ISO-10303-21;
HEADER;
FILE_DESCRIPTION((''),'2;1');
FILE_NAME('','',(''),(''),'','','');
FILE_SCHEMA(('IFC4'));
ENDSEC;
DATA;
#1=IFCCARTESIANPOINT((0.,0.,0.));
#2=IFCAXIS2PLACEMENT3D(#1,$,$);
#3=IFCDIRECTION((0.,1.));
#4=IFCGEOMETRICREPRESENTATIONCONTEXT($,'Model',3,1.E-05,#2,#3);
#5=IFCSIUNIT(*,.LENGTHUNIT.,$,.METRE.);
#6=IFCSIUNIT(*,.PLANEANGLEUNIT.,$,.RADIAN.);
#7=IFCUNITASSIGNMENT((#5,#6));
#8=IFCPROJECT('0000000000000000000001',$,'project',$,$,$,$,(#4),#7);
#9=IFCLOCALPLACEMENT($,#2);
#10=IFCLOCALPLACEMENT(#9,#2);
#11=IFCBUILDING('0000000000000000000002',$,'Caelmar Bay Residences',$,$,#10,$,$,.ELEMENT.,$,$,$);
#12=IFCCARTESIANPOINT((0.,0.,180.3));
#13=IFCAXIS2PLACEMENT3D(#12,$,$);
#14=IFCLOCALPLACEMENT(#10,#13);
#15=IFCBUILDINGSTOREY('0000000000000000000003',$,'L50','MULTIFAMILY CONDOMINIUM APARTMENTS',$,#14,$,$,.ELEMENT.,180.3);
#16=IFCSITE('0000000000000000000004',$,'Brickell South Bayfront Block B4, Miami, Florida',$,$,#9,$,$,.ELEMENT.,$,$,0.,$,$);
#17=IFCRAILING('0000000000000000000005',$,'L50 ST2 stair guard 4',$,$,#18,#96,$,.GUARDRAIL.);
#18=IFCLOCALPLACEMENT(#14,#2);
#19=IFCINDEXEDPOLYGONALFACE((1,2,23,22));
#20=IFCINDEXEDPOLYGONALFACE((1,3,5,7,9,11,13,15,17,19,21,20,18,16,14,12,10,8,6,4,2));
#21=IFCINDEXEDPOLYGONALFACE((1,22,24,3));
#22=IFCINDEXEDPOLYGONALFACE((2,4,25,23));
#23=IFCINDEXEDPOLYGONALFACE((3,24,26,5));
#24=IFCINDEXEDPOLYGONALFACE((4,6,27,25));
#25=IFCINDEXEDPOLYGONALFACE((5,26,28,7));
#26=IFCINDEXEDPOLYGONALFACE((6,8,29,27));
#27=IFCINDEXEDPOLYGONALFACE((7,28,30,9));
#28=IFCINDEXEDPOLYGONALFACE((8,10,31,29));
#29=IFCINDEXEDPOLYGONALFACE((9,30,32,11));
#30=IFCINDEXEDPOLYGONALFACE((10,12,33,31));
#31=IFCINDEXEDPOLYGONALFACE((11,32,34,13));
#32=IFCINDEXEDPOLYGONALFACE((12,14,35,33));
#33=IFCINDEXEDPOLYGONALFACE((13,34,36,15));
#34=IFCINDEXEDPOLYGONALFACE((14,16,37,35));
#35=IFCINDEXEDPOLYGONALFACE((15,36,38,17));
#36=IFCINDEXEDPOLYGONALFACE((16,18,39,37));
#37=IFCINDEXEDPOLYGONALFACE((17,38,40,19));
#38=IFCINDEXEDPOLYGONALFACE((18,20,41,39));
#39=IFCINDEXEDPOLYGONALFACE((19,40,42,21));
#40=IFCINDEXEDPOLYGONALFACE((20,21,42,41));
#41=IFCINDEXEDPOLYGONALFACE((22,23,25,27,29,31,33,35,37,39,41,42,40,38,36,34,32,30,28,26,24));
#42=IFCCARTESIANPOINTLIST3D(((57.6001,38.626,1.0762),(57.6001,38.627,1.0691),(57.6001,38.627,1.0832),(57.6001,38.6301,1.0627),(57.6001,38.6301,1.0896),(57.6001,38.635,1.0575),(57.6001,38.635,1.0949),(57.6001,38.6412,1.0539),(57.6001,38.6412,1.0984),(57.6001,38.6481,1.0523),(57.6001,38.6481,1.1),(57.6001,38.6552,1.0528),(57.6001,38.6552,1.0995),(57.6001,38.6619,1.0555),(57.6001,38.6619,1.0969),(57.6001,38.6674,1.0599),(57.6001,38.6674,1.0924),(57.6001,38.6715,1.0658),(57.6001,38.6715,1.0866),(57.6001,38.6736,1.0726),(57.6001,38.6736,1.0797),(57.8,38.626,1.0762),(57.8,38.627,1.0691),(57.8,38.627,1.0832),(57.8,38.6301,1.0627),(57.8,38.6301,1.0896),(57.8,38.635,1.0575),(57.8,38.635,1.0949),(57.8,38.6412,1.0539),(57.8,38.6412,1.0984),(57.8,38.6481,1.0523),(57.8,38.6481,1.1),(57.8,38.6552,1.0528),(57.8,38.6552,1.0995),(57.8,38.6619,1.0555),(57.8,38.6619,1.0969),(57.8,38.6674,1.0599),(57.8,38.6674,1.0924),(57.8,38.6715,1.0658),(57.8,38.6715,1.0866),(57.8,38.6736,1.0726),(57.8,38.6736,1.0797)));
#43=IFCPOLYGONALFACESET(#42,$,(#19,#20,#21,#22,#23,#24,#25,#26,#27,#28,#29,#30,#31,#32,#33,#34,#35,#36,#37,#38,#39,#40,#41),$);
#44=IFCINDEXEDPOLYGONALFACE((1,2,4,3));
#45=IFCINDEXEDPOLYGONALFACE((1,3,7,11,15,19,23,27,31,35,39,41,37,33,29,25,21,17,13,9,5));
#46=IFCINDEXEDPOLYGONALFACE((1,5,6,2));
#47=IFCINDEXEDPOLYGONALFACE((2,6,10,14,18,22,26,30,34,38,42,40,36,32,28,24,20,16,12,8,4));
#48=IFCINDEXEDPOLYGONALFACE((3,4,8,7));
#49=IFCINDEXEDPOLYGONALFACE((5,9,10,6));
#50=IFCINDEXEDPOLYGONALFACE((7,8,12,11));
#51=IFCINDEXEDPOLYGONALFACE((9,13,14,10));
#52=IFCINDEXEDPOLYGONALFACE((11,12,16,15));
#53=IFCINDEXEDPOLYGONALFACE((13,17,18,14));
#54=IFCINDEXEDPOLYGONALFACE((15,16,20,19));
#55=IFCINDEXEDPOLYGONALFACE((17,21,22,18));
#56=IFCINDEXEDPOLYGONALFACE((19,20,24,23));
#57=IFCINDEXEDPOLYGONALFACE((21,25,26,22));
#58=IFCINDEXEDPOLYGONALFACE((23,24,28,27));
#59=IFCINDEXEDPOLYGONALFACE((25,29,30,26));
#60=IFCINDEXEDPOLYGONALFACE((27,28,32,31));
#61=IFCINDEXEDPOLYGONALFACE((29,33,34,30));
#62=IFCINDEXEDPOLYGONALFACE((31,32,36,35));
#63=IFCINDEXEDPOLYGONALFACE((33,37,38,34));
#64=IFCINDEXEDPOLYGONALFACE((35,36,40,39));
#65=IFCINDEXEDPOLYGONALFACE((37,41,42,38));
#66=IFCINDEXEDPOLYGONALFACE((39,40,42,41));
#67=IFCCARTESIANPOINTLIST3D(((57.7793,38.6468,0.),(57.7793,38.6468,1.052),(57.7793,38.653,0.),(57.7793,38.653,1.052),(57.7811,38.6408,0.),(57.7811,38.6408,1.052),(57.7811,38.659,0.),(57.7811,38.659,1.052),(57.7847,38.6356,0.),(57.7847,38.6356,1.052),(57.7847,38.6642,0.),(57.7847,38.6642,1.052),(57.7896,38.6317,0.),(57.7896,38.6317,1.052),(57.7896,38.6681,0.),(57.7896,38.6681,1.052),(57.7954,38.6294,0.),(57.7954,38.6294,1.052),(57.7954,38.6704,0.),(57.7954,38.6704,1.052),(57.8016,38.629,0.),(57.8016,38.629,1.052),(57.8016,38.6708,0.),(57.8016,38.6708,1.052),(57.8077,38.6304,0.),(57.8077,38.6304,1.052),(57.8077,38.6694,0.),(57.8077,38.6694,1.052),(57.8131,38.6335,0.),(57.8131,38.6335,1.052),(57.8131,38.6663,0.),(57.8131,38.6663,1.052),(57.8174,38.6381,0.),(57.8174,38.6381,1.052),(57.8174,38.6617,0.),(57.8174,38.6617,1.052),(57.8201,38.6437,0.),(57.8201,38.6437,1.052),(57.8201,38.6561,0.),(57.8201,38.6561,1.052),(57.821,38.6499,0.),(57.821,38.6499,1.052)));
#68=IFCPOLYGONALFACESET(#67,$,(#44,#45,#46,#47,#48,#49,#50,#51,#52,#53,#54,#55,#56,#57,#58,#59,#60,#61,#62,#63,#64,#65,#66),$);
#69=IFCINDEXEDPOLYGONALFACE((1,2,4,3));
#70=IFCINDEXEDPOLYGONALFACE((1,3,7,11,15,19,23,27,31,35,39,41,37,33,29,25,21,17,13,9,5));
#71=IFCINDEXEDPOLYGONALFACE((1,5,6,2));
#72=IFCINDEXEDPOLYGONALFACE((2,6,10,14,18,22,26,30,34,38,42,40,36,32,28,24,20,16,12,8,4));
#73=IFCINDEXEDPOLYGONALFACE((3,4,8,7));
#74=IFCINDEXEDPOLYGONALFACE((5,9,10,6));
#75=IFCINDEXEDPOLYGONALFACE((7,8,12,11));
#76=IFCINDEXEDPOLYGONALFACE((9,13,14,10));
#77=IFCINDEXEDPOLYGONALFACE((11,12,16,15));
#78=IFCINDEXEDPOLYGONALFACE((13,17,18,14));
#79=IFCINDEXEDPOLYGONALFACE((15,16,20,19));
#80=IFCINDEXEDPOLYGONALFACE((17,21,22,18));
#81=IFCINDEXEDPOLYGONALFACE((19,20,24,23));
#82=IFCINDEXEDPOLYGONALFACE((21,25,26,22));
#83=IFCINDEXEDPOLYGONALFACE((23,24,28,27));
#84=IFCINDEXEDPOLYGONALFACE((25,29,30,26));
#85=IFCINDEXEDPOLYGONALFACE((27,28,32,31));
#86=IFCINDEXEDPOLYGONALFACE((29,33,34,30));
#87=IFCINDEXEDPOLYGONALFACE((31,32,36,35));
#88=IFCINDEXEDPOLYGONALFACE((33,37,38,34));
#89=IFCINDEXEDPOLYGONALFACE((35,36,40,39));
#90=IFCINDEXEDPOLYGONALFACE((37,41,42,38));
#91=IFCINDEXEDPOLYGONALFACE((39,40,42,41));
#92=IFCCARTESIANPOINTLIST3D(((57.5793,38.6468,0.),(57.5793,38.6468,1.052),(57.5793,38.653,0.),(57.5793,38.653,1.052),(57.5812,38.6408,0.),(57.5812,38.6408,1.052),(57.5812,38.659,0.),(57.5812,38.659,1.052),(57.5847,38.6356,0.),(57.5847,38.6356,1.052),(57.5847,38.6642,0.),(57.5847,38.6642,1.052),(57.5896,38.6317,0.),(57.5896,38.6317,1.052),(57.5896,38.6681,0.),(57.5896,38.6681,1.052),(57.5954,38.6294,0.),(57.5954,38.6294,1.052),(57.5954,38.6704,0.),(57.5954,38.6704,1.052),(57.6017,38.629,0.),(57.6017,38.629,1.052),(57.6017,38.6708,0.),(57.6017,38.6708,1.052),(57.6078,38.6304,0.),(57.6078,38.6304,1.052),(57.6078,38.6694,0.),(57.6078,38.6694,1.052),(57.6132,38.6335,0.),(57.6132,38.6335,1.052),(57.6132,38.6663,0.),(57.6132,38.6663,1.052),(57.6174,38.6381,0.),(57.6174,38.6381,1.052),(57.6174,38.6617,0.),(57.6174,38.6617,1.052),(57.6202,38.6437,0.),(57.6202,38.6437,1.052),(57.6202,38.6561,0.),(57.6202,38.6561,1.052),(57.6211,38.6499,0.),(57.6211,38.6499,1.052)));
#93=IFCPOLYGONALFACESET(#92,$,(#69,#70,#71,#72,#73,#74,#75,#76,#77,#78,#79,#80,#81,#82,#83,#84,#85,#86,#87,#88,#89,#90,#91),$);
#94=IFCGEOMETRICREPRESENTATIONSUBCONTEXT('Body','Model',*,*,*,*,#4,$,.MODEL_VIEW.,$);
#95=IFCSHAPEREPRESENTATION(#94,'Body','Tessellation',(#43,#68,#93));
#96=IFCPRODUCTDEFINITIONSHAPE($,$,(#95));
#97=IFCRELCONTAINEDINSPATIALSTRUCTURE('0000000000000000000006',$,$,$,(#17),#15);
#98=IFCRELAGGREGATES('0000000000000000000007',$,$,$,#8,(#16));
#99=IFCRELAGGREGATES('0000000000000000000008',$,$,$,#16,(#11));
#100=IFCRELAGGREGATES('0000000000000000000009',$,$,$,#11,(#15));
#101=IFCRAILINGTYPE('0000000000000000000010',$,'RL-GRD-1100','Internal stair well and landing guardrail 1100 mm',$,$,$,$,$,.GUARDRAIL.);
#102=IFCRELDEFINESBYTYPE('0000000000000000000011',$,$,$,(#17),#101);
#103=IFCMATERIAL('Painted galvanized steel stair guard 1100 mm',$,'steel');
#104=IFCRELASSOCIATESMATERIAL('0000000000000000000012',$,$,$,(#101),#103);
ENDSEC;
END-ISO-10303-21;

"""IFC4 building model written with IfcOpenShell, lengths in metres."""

from ifc_helpers import new_model, si_unit, direction, frame, origin, origin_2d, place, context, subcontext, project, spatial, circle, extrude, material, type_object, element, save


model = new_model("IFC4")

# Units and contexts
model_context = context("Model", 3, precision=1e-05, world=origin(), true_north=direction((0.0, 1.0)))
body_context = subcontext(model_context, "Body", "Model", "MODEL_VIEW")
ifc_project = project(units=[si_unit("LENGTHUNIT", "METRE"), si_unit("PLANEANGLEUNIT", "RADIAN")], contexts=[model_context])

# Site, building, storey
site_placement = place(None, origin())
site = spatial("IfcSite", under=ifc_project, at=site_placement, Name="Brickell South Bayfront Block B4, Miami, Florida", CompositionType="ELEMENT", RefElevation=0.0)
building_placement = place(site_placement, origin())
building = spatial("IfcBuilding", under=site, at=building_placement, Name="Caelmar Bay Residences", CompositionType="ELEMENT")
storey_placement = place(building_placement, frame((0.0, 0.0, 180.3)))
storey = spatial("IfcBuildingStorey", under=building, at=storey_placement, Name="L50", Description="MULTIFAMILY CONDOMINIUM APARTMENTS", CompositionType="ELEMENT", Elevation=180.3)

# Railing
ifc_material_1 = material(Name="Painted galvanized steel stair guard 1100 mm", Category="steel")
railing_type_1 = type_object("IfcRailingType", Name="RL-GRD-1100", Description="Internal stair well and landing guardrail 1100 mm", PredefinedType="GUARDRAIL", material=ifc_material_1)
railing_1_placement = place(storey_placement, frame((57.8, 38.6499, 0.0)))
element("IfcRailing", 1, at=railing_1_placement, inside=storey, type_object=railing_type_1, Name="L50 ST2 stair guard 4", PredefinedType="GUARDRAIL", context=body_context, shape_type="SweptSolid", body=[
    extrude(circle(Radius=0.0239, at=origin_2d()), frame((0.0, 0.0, 1.0762), z_axis=(-1.0, 0.0, 0.0), x_axis=(0.0, -1.0, 0.0)), (0.0, 0.0, 1.0), 0.2),
    extrude(circle(Radius=0.021, at=origin_2d()), origin(), (0.0, 0.0, 1.0), 1.052),
    extrude(circle(Radius=0.021, at=origin_2d()), frame((-0.2, 0.0, 0.0)), (0.0, 0.0, 1.0), 1.052),
])

save(model, "model.ifc")
